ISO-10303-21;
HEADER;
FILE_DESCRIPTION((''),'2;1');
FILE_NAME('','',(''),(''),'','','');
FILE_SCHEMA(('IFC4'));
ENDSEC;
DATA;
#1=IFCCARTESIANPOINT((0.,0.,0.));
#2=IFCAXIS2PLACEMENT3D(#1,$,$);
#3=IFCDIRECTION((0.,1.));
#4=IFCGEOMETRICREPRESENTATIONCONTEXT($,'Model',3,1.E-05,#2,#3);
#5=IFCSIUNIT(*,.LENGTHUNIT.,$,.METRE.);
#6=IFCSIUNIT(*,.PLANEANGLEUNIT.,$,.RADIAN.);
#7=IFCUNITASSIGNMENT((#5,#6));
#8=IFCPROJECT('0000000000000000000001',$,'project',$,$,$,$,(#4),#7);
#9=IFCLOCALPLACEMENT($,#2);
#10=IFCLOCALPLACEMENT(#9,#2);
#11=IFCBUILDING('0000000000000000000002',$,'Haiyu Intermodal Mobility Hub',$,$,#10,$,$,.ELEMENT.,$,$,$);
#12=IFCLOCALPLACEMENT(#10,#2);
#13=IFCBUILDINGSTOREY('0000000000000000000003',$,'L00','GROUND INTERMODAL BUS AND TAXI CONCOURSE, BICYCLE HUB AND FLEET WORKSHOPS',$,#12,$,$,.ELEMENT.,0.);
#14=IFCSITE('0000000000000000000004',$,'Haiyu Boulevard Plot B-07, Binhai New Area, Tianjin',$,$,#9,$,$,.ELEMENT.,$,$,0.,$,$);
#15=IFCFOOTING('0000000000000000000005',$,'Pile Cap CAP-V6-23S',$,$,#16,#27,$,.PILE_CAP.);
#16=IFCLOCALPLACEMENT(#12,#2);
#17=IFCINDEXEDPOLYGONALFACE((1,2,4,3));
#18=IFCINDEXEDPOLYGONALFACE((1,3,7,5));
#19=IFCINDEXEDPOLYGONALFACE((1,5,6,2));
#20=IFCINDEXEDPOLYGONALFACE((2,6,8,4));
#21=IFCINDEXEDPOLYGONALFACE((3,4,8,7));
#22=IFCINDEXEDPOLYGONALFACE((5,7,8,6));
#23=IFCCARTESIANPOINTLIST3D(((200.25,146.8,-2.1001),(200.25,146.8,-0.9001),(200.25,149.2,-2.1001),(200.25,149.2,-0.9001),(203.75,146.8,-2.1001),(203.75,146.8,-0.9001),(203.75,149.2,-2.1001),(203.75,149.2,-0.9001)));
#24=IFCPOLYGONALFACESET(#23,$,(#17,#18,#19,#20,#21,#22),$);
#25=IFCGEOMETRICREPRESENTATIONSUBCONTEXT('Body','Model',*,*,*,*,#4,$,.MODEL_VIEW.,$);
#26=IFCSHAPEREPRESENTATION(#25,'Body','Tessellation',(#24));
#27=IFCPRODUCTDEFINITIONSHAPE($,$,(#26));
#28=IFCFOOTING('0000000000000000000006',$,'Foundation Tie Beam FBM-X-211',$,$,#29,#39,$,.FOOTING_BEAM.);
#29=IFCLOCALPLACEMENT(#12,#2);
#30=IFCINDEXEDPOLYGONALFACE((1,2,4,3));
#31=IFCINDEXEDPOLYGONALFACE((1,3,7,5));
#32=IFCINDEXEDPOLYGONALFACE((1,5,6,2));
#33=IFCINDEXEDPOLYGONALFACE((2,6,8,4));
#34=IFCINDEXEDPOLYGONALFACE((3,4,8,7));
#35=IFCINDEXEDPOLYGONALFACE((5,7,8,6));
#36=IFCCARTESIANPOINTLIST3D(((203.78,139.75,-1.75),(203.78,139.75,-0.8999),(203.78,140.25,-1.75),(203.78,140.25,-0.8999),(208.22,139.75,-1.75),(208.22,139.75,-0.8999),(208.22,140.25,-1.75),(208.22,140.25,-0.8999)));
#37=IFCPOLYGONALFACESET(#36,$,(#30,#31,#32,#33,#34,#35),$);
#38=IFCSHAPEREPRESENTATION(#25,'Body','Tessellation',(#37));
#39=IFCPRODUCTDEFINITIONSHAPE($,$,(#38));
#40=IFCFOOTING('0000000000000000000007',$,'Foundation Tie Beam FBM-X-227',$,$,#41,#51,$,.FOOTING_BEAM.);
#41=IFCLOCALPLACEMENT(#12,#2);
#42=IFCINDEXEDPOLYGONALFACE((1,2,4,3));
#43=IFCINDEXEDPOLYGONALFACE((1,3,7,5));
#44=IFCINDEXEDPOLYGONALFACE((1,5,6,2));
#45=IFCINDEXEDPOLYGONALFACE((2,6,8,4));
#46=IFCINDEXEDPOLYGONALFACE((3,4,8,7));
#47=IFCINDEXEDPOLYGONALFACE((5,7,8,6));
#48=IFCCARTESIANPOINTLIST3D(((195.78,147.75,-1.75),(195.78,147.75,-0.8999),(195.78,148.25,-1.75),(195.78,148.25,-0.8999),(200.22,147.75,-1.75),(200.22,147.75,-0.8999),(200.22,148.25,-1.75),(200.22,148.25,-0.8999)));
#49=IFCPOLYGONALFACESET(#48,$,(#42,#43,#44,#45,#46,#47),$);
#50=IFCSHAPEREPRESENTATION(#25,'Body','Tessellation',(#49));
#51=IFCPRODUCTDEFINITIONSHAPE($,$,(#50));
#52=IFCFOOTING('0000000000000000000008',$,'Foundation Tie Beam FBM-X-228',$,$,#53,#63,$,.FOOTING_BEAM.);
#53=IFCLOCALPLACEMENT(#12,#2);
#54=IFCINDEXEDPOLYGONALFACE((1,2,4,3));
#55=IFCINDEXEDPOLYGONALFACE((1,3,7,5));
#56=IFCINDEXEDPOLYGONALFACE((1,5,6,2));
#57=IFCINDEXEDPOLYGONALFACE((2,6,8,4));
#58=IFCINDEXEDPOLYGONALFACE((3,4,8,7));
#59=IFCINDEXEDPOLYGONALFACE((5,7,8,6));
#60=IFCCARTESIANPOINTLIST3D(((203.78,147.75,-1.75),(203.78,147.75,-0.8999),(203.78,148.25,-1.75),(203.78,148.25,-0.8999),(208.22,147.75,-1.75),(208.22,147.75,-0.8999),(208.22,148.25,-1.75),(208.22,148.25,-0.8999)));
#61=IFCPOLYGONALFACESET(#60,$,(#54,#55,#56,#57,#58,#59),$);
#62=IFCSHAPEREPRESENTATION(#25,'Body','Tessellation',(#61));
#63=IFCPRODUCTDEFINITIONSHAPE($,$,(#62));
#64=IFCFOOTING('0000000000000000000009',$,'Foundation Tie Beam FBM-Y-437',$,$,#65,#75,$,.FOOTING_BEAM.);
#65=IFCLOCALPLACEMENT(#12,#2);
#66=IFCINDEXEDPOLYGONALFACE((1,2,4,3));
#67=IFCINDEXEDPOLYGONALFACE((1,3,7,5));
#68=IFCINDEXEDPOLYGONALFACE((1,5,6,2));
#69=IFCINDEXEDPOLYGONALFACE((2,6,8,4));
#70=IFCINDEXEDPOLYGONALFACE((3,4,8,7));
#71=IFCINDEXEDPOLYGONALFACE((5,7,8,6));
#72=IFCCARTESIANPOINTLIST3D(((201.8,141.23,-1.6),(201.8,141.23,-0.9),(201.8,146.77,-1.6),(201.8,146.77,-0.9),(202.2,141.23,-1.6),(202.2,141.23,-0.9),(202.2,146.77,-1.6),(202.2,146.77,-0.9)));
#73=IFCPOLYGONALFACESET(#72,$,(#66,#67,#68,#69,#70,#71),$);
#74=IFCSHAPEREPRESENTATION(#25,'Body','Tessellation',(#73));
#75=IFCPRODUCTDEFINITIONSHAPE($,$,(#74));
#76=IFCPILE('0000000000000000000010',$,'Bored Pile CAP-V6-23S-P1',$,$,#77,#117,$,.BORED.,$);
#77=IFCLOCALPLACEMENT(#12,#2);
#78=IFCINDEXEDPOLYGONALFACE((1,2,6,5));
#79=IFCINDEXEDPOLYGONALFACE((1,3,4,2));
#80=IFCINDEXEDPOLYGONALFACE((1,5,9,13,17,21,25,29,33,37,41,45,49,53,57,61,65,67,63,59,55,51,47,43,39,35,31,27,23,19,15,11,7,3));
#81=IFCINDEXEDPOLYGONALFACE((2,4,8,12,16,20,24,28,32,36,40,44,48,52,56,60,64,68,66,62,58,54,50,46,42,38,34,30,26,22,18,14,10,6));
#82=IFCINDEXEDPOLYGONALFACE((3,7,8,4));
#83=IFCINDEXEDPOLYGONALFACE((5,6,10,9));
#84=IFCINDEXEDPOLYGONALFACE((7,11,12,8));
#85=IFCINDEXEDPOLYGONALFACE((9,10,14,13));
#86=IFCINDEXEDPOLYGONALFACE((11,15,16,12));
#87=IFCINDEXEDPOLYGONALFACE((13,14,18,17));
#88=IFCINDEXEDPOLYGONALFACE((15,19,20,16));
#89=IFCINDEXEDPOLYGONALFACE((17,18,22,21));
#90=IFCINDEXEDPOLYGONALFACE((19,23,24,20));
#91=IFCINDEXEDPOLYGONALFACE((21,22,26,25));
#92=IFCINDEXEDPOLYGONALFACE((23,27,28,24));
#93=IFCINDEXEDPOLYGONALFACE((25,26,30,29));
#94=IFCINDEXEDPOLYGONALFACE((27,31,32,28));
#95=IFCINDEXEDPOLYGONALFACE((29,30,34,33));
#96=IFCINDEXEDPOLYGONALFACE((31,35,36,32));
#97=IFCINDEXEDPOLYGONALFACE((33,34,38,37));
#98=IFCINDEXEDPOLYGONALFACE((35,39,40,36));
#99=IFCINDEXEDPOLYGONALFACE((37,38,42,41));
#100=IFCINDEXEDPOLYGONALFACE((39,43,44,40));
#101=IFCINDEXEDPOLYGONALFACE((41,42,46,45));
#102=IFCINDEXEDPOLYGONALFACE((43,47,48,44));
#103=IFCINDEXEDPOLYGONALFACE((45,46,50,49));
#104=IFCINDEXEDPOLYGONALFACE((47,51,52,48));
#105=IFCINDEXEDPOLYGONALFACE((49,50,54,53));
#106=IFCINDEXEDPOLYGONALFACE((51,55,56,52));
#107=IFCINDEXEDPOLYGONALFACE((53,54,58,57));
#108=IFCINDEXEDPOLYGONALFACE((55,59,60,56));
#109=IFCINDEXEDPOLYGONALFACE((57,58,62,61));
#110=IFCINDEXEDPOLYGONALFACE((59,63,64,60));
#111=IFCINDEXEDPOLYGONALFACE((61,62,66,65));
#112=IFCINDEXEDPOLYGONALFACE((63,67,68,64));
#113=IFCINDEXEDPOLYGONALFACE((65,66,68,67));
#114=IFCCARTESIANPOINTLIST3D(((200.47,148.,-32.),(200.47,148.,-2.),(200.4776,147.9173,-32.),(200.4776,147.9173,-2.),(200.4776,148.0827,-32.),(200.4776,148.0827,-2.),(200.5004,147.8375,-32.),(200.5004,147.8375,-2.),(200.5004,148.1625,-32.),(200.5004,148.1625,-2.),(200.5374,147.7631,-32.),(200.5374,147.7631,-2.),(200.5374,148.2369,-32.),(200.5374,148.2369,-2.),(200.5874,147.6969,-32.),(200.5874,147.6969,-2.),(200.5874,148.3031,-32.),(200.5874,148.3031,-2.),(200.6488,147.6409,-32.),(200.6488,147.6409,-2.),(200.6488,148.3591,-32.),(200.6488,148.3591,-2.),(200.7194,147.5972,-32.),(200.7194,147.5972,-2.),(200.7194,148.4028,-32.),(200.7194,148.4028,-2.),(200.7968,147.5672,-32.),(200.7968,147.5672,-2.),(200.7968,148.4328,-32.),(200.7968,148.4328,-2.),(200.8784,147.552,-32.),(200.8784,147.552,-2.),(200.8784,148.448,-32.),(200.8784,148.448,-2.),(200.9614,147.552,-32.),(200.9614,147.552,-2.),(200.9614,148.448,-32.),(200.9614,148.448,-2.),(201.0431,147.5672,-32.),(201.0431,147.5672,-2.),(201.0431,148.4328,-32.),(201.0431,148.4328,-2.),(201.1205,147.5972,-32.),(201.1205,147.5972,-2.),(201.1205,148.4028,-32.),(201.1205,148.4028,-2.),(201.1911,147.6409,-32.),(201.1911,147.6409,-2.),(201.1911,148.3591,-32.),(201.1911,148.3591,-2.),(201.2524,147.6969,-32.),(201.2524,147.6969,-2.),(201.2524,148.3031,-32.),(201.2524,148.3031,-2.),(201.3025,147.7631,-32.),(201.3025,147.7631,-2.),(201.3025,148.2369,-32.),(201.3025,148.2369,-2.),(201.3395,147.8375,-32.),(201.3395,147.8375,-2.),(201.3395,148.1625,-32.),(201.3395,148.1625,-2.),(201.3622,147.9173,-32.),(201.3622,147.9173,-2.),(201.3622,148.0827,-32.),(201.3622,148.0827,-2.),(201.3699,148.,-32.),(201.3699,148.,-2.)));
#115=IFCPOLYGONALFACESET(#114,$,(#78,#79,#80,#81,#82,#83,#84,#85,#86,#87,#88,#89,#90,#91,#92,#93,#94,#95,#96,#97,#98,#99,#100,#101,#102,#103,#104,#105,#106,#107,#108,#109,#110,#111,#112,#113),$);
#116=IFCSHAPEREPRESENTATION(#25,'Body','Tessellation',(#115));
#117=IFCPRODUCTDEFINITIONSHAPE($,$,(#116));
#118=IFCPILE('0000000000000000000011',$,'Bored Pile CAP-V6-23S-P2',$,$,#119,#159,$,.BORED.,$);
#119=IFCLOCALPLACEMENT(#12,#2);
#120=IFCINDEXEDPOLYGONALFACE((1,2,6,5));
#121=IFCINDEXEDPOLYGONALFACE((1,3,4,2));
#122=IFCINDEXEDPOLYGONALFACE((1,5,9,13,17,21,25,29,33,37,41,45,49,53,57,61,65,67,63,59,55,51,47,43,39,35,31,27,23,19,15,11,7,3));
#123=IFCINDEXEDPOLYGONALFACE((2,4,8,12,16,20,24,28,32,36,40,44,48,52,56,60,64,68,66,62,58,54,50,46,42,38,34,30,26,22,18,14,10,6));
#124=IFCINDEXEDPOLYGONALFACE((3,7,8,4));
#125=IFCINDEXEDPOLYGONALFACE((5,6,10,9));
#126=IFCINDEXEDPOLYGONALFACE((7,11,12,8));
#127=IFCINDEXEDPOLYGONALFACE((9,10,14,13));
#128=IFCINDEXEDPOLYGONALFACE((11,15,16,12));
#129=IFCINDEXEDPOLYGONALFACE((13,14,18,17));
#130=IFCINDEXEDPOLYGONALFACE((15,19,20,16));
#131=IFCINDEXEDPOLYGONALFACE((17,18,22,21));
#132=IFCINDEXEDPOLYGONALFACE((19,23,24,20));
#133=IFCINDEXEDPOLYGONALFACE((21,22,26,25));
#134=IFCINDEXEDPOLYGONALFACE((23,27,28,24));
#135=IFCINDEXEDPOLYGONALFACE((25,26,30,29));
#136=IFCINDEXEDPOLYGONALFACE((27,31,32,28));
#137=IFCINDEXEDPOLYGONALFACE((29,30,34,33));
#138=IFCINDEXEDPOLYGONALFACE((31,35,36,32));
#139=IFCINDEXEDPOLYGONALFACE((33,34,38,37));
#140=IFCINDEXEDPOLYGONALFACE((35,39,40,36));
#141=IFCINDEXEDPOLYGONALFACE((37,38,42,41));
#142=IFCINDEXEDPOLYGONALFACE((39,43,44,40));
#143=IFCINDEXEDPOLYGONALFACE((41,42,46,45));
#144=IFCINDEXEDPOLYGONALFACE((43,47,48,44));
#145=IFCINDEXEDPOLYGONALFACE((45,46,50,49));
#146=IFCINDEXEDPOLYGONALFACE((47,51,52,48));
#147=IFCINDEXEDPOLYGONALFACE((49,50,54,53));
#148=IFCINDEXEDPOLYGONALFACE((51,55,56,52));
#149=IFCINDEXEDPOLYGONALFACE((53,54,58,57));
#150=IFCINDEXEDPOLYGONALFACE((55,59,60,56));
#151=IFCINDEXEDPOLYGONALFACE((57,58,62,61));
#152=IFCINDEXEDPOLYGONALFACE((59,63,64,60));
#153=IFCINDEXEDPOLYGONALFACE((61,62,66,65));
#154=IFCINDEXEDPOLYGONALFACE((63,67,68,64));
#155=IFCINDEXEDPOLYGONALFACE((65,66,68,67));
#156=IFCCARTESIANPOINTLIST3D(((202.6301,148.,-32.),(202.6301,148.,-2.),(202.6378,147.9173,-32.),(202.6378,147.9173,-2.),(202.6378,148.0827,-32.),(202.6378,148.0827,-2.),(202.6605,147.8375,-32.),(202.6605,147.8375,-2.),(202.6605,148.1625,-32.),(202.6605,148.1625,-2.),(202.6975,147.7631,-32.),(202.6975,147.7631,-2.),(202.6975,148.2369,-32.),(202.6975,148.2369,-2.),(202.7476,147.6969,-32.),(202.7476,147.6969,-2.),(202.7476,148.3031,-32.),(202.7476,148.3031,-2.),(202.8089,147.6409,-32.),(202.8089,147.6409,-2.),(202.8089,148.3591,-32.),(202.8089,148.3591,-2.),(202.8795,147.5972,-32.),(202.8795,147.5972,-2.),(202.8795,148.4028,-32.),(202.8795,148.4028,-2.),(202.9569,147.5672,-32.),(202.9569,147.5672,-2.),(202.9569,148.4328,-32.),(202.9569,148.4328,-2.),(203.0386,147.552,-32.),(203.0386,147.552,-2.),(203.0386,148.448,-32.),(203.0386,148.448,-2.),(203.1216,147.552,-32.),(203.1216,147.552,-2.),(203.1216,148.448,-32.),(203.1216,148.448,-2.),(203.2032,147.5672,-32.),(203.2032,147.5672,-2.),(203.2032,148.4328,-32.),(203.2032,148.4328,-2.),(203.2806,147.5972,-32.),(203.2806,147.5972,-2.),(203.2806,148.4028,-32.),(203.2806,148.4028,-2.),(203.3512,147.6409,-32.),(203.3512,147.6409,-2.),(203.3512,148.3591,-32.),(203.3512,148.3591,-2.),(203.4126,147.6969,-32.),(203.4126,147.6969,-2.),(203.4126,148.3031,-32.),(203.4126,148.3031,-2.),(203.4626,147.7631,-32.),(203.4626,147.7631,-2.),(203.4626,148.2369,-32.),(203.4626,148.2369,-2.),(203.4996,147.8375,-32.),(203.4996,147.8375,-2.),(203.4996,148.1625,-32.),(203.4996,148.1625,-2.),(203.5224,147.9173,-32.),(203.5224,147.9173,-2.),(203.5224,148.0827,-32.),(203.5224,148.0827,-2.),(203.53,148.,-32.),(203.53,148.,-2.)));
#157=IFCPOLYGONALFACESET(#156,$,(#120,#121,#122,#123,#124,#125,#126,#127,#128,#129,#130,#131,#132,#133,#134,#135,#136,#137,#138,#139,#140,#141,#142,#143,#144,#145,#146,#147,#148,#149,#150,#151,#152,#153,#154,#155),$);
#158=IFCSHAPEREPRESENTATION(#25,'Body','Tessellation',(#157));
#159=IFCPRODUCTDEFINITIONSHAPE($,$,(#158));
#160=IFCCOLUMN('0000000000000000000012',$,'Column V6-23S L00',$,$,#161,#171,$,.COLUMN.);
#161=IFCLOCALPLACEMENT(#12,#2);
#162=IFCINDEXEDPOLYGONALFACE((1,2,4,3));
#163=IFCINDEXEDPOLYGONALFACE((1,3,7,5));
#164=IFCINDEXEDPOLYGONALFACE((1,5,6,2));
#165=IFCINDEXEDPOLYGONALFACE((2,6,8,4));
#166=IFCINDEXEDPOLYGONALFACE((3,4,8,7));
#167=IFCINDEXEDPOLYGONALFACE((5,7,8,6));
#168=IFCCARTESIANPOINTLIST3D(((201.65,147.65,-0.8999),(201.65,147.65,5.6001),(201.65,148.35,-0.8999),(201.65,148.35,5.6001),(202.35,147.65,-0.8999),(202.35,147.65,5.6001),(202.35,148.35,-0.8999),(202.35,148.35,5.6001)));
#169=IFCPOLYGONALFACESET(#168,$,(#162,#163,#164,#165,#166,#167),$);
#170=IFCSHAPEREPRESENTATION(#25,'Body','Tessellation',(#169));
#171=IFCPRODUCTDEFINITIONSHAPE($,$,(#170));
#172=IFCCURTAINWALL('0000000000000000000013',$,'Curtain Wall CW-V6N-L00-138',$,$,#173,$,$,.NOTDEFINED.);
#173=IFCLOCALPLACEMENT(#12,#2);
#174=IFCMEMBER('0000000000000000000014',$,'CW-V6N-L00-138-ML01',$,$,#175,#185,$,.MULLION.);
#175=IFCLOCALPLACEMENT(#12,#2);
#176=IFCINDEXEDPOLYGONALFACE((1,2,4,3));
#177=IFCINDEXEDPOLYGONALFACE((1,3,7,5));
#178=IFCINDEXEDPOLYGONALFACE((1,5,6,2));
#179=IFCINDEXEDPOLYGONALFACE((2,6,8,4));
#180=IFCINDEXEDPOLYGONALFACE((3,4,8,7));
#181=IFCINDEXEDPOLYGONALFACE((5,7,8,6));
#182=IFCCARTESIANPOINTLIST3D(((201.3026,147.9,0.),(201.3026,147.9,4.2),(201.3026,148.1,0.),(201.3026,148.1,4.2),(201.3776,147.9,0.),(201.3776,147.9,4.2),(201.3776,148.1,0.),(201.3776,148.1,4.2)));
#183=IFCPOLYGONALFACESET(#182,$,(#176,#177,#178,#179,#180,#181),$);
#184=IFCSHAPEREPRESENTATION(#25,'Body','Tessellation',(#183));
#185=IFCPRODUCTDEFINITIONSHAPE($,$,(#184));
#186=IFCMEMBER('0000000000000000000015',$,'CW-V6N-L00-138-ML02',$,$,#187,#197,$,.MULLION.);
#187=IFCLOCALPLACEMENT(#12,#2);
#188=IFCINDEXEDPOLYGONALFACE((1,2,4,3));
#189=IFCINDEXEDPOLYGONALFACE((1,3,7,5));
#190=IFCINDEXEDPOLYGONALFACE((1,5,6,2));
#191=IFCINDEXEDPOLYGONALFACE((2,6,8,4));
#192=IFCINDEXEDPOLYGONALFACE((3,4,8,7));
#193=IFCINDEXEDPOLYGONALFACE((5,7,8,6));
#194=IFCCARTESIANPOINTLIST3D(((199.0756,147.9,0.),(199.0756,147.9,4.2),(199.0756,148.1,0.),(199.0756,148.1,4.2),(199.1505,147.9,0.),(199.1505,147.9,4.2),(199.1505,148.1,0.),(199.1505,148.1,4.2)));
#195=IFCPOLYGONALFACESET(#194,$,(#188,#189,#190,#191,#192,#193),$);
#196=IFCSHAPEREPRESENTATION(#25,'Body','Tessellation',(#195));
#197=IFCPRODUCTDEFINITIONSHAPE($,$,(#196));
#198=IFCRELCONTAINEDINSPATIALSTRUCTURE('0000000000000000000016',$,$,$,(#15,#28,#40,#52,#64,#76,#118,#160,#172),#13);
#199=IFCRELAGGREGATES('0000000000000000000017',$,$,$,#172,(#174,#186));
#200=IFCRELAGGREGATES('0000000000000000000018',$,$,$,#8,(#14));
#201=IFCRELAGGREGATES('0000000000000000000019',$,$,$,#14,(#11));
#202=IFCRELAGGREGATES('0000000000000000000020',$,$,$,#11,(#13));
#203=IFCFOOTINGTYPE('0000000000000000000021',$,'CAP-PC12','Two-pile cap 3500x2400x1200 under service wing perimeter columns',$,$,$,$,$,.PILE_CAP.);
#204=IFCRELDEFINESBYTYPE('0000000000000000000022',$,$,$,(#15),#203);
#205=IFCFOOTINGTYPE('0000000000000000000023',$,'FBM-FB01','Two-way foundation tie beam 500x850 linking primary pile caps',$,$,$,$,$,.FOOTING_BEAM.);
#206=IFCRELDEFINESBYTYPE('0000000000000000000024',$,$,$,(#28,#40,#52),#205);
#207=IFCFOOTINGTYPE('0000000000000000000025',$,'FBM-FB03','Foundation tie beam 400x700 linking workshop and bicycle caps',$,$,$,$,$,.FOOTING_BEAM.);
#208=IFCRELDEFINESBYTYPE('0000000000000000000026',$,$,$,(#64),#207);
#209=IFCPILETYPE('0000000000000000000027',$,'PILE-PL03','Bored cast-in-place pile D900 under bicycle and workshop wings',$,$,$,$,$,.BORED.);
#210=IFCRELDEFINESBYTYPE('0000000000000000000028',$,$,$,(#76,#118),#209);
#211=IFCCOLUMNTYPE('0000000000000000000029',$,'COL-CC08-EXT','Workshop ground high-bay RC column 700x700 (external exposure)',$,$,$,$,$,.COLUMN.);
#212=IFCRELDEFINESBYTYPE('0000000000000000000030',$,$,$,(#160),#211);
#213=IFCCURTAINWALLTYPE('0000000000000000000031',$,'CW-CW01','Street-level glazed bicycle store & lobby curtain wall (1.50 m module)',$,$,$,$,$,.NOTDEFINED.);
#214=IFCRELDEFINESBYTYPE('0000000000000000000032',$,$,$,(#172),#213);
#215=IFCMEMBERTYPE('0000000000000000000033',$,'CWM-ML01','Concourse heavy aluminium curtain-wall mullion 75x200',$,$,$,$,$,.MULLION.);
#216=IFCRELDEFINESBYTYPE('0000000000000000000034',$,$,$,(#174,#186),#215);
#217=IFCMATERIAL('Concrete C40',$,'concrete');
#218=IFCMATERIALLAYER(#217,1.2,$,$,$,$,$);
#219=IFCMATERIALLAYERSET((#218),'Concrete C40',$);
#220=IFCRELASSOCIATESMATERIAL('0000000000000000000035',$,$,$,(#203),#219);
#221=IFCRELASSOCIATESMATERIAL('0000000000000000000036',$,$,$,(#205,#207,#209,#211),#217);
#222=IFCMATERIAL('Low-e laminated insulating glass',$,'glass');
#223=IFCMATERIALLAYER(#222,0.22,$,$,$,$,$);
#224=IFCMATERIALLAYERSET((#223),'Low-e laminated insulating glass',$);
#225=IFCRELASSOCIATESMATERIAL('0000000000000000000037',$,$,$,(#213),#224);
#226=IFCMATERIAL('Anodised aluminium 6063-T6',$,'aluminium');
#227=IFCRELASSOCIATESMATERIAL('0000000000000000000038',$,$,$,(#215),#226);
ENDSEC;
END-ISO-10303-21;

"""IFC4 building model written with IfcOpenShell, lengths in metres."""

from ifc_helpers import new_model, si_unit, direction, frame, origin, origin_2d, place, context, subcontext, project, spatial, rectangle, circle, extrude, material, layer, layer_set, material_profile, profile_set, type_object, element, aggregate, save


model = new_model("IFC4")

# Units and contexts
model_context = context("Model", 3, precision=1e-05, world=origin(), true_north=direction((0.0, 1.0)))
body_context = subcontext(model_context, "Body", "Model", "MODEL_VIEW")
ifc_project = project(units=[si_unit("LENGTHUNIT", "METRE"), si_unit("PLANEANGLEUNIT", "RADIAN")], contexts=[model_context])

# Site, building, storey
site_placement = place(None, origin())
site = spatial("IfcSite", under=ifc_project, at=site_placement, Name="Haiyu Boulevard Plot B-07, Binhai New Area, Tianjin", CompositionType="ELEMENT", RefElevation=0.0)
building_placement = place(site_placement, origin())
building = spatial("IfcBuilding", under=site, at=building_placement, Name="Haiyu Intermodal Mobility Hub", CompositionType="ELEMENT")
storey_placement = place(building_placement, origin())
storey = spatial("IfcBuildingStorey", under=building, at=storey_placement, Name="L00", Description="GROUND INTERMODAL BUS AND TAXI CONCOURSE, BICYCLE HUB AND FLEET WORKSHOPS", CompositionType="ELEMENT", Elevation=0.0)

# Footings
ifc_material_1 = material(Name="Concrete C40", Category="concrete")
ifc_layer_1 = layer(ifc_material_1, 1.2)
ifc_layer_set_1 = layer_set([ifc_layer_1], Name="Concrete C40")
footing_type_1 = type_object("IfcFootingType", Name="CAP-PC12", Description="Two-pile cap 3500x2400x1200 under service wing perimeter columns", PredefinedType="PILE_CAP", material=ifc_layer_set_1)
footing_1_placement = place(storey_placement, frame((202.0, 148.0, -2.1001), z_axis=(0.0, 0.0, 1.0), x_axis=(1.0, 0.0, 0.0)))
element("IfcFooting", 1, at=footing_1_placement, inside=storey, type_object=footing_type_1, Name="Pile Cap CAP-V6-23S", PredefinedType="PILE_CAP", context=body_context, shape_type="SweptSolid", body=[
    extrude(rectangle(XDim=3.5, YDim=2.3999, at=origin_2d()), origin(), (0.0, 0.0, 1.0), 1.2),
])
ifc_material_profile_1 = material_profile(ifc_material_1, rectangle(XDim=0.5, YDim=0.8501, at=origin_2d()), Name="FB500x850")
ifc_profile_set_1 = profile_set([ifc_material_profile_1], Name="Concrete C40")
footing_type_2 = type_object("IfcFootingType", Name="FBM-FB01", Description="Two-way foundation tie beam 500x850 linking primary pile caps", PredefinedType="FOOTING_BEAM", material=ifc_profile_set_1)
for number, where, z_axis, x_axis, name in (
    (2, (203.78, 140.0, -1.325), (1.0, 0.0, 0.0), (0.0, 1.0, 0.0), "Foundation Tie Beam FBM-X-211"),
    (3, (195.78, 148.0, -1.325), (1.0, 0.0, 0.0), (0.0, 1.0, 0.0), "Foundation Tie Beam FBM-X-227"),
    (4, (203.78, 148.0, -1.325), (1.0, 0.0, 0.0), (0.0, 1.0, 0.0), "Foundation Tie Beam FBM-X-228"),
):
    element("IfcFooting", number, at=place(storey_placement, frame(where, z_axis=z_axis, x_axis=x_axis)), inside=storey, type_object=footing_type_2, Name=name, PredefinedType="FOOTING_BEAM", context=body_context, shape_type="SweptSolid", body=[
        extrude(rectangle(XDim=0.5, YDim=0.8501, at=origin_2d()), origin(), (0.0, 0.0, 1.0), 4.4399),
    ])
ifc_material_profile_2 = material_profile(ifc_material_1, rectangle(XDim=0.3999, YDim=0.7, at=origin_2d()), Name="FB400x700")
ifc_profile_set_2 = profile_set([ifc_material_profile_2], Name="Concrete C40")
footing_type_3 = type_object("IfcFootingType", Name="FBM-FB03", Description="Foundation tie beam 400x700 linking workshop and bicycle caps", PredefinedType="FOOTING_BEAM", material=ifc_profile_set_2)
footing_2_placement = place(storey_placement, frame((202.0, 141.23, -1.25), z_axis=(0.0, 1.0, 0.0), x_axis=(-1.0, 0.0, 0.0)))
element("IfcFooting", 5, at=footing_2_placement, inside=storey, type_object=footing_type_3, Name="Foundation Tie Beam FBM-Y-437", PredefinedType="FOOTING_BEAM", context=body_context, shape_type="SweptSolid", body=[
    extrude(rectangle(XDim=0.3999, YDim=0.7, at=origin_2d()), origin(), (0.0, 0.0, 1.0), 5.54),
])

# Piles
ifc_material_profile_3 = material_profile(ifc_material_1, circle(Radius=0.45, at=origin_2d()), Name="PILE-D900")
ifc_profile_set_3 = profile_set([ifc_material_profile_3], Name="Concrete C40")
pile_type = type_object("IfcPileType", Name="PILE-PL03", Description="Bored cast-in-place pile D900 under bicycle and workshop wings", PredefinedType="BORED", material=ifc_profile_set_3)
for number, where, z_axis, x_axis, name in (
    (6, (200.9199, 148.0, -2.0), (0.0, 0.0, -1.0), (1.0, 0.0, 0.0), "Bored Pile CAP-V6-23S-P1"),
    (7, (203.0801, 148.0, -2.0), (0.0, 0.0, -1.0), (1.0, 0.0, 0.0), "Bored Pile CAP-V6-23S-P2"),
):
    element("IfcPile", number, at=place(storey_placement, frame(where, z_axis=z_axis, x_axis=x_axis)), inside=storey, type_object=pile_type, Name=name, PredefinedType="BORED", context=body_context, shape_type="SweptSolid", body=[
        extrude(circle(Radius=0.45, at=origin_2d()), origin(), (0.0, 0.0, 1.0), 30.0),
    ])

# Column
ifc_material_profile_4 = material_profile(ifc_material_1, rectangle(XDim=0.7, YDim=0.7, at=origin_2d()), Name="RC700x700")
ifc_profile_set_4 = profile_set([ifc_material_profile_4], Name="Concrete C40")
column_type = type_object("IfcColumnType", Name="COL-CC08-EXT", Description="Workshop ground high-bay RC column 700x700 (external exposure)", PredefinedType="COLUMN", material=ifc_profile_set_4)
column_placement = place(storey_placement, frame((202.0, 148.0, -0.8999), z_axis=(0.0, 0.0, 1.0), x_axis=(1.0, 0.0, 0.0)))
element("IfcColumn", 8, at=column_placement, inside=storey, type_object=column_type, Name="Column V6-23S L00", PredefinedType="COLUMN", context=body_context, shape_type="SweptSolid", body=[
    extrude(rectangle(XDim=0.7, YDim=0.7, at=origin_2d()), origin(), (0.0, 0.0, 1.0), 6.5),
])

# Curtain wall, members
ifc_material_2 = material(Name="Low-e laminated insulating glass", Category="glass")
ifc_layer_2 = layer(ifc_material_2, 0.22)
ifc_layer_set_2 = layer_set([ifc_layer_2], Name="Low-e laminated insulating glass")
curtain_wall_type = type_object("IfcCurtainWallType", Name="CW-CW01", Description="Street-level glazed bicycle store & lobby curtain wall (1.50 m module)", PredefinedType="NOTDEFINED", material=ifc_layer_set_2)
curtain_wall_1_placement = place(storey_placement, origin())
curtain_wall_1 = element("IfcCurtainWall", 9, at=curtain_wall_1_placement, inside=storey, type_object=curtain_wall_type, Name="Curtain Wall CW-V6N-L00-138", PredefinedType="NOTDEFINED")
ifc_material_3 = material(Name="Anodised aluminium 6063-T6", Category="aluminium")
ifc_material_profile_5 = material_profile(ifc_material_3, rectangle(XDim=0.075, YDim=0.2, at=origin_2d()), Name="ALU75x200")
ifc_profile_set_5 = profile_set([ifc_material_profile_5], Name="Anodised aluminium 6063-T6")
member_type_1 = type_object("IfcMemberType", Name="CWM-ML01", Description="Concourse heavy aluminium curtain-wall mullion 75x200", PredefinedType="MULLION", material=ifc_profile_set_5)
member_1_placement = place(storey_placement, frame((201.3401, 148.0, 0.0), z_axis=(0.0, 0.0, 1.0), x_axis=(1.0, 0.0, 0.0)))
member_1 = element("IfcMember", 10, at=member_1_placement, type_object=member_type_1, Name="CW-V6N-L00-138-ML01", PredefinedType="MULLION", context=body_context, shape_type="SweptSolid", body=[
    extrude(rectangle(XDim=0.075, YDim=0.2, at=origin_2d()), origin(), (0.0, 0.0, 1.0), 4.2),
])
member_2_placement = place(storey_placement, frame((199.113, 148.0, 0.0), z_axis=(0.0, 0.0, 1.0), x_axis=(1.0, 0.0, 0.0)))
member_2 = element("IfcMember", 11, at=member_2_placement, type_object=member_type_1, Name="CW-V6N-L00-138-ML02", PredefinedType="MULLION", context=body_context, shape_type="SweptSolid", body=[
    extrude(rectangle(XDim=0.075, YDim=0.2, at=origin_2d()), origin(), (0.0, 0.0, 1.0), 4.2),
])

aggregate(curtain_wall_1, [member_1, member_2])

save(model, "model.ifc")
